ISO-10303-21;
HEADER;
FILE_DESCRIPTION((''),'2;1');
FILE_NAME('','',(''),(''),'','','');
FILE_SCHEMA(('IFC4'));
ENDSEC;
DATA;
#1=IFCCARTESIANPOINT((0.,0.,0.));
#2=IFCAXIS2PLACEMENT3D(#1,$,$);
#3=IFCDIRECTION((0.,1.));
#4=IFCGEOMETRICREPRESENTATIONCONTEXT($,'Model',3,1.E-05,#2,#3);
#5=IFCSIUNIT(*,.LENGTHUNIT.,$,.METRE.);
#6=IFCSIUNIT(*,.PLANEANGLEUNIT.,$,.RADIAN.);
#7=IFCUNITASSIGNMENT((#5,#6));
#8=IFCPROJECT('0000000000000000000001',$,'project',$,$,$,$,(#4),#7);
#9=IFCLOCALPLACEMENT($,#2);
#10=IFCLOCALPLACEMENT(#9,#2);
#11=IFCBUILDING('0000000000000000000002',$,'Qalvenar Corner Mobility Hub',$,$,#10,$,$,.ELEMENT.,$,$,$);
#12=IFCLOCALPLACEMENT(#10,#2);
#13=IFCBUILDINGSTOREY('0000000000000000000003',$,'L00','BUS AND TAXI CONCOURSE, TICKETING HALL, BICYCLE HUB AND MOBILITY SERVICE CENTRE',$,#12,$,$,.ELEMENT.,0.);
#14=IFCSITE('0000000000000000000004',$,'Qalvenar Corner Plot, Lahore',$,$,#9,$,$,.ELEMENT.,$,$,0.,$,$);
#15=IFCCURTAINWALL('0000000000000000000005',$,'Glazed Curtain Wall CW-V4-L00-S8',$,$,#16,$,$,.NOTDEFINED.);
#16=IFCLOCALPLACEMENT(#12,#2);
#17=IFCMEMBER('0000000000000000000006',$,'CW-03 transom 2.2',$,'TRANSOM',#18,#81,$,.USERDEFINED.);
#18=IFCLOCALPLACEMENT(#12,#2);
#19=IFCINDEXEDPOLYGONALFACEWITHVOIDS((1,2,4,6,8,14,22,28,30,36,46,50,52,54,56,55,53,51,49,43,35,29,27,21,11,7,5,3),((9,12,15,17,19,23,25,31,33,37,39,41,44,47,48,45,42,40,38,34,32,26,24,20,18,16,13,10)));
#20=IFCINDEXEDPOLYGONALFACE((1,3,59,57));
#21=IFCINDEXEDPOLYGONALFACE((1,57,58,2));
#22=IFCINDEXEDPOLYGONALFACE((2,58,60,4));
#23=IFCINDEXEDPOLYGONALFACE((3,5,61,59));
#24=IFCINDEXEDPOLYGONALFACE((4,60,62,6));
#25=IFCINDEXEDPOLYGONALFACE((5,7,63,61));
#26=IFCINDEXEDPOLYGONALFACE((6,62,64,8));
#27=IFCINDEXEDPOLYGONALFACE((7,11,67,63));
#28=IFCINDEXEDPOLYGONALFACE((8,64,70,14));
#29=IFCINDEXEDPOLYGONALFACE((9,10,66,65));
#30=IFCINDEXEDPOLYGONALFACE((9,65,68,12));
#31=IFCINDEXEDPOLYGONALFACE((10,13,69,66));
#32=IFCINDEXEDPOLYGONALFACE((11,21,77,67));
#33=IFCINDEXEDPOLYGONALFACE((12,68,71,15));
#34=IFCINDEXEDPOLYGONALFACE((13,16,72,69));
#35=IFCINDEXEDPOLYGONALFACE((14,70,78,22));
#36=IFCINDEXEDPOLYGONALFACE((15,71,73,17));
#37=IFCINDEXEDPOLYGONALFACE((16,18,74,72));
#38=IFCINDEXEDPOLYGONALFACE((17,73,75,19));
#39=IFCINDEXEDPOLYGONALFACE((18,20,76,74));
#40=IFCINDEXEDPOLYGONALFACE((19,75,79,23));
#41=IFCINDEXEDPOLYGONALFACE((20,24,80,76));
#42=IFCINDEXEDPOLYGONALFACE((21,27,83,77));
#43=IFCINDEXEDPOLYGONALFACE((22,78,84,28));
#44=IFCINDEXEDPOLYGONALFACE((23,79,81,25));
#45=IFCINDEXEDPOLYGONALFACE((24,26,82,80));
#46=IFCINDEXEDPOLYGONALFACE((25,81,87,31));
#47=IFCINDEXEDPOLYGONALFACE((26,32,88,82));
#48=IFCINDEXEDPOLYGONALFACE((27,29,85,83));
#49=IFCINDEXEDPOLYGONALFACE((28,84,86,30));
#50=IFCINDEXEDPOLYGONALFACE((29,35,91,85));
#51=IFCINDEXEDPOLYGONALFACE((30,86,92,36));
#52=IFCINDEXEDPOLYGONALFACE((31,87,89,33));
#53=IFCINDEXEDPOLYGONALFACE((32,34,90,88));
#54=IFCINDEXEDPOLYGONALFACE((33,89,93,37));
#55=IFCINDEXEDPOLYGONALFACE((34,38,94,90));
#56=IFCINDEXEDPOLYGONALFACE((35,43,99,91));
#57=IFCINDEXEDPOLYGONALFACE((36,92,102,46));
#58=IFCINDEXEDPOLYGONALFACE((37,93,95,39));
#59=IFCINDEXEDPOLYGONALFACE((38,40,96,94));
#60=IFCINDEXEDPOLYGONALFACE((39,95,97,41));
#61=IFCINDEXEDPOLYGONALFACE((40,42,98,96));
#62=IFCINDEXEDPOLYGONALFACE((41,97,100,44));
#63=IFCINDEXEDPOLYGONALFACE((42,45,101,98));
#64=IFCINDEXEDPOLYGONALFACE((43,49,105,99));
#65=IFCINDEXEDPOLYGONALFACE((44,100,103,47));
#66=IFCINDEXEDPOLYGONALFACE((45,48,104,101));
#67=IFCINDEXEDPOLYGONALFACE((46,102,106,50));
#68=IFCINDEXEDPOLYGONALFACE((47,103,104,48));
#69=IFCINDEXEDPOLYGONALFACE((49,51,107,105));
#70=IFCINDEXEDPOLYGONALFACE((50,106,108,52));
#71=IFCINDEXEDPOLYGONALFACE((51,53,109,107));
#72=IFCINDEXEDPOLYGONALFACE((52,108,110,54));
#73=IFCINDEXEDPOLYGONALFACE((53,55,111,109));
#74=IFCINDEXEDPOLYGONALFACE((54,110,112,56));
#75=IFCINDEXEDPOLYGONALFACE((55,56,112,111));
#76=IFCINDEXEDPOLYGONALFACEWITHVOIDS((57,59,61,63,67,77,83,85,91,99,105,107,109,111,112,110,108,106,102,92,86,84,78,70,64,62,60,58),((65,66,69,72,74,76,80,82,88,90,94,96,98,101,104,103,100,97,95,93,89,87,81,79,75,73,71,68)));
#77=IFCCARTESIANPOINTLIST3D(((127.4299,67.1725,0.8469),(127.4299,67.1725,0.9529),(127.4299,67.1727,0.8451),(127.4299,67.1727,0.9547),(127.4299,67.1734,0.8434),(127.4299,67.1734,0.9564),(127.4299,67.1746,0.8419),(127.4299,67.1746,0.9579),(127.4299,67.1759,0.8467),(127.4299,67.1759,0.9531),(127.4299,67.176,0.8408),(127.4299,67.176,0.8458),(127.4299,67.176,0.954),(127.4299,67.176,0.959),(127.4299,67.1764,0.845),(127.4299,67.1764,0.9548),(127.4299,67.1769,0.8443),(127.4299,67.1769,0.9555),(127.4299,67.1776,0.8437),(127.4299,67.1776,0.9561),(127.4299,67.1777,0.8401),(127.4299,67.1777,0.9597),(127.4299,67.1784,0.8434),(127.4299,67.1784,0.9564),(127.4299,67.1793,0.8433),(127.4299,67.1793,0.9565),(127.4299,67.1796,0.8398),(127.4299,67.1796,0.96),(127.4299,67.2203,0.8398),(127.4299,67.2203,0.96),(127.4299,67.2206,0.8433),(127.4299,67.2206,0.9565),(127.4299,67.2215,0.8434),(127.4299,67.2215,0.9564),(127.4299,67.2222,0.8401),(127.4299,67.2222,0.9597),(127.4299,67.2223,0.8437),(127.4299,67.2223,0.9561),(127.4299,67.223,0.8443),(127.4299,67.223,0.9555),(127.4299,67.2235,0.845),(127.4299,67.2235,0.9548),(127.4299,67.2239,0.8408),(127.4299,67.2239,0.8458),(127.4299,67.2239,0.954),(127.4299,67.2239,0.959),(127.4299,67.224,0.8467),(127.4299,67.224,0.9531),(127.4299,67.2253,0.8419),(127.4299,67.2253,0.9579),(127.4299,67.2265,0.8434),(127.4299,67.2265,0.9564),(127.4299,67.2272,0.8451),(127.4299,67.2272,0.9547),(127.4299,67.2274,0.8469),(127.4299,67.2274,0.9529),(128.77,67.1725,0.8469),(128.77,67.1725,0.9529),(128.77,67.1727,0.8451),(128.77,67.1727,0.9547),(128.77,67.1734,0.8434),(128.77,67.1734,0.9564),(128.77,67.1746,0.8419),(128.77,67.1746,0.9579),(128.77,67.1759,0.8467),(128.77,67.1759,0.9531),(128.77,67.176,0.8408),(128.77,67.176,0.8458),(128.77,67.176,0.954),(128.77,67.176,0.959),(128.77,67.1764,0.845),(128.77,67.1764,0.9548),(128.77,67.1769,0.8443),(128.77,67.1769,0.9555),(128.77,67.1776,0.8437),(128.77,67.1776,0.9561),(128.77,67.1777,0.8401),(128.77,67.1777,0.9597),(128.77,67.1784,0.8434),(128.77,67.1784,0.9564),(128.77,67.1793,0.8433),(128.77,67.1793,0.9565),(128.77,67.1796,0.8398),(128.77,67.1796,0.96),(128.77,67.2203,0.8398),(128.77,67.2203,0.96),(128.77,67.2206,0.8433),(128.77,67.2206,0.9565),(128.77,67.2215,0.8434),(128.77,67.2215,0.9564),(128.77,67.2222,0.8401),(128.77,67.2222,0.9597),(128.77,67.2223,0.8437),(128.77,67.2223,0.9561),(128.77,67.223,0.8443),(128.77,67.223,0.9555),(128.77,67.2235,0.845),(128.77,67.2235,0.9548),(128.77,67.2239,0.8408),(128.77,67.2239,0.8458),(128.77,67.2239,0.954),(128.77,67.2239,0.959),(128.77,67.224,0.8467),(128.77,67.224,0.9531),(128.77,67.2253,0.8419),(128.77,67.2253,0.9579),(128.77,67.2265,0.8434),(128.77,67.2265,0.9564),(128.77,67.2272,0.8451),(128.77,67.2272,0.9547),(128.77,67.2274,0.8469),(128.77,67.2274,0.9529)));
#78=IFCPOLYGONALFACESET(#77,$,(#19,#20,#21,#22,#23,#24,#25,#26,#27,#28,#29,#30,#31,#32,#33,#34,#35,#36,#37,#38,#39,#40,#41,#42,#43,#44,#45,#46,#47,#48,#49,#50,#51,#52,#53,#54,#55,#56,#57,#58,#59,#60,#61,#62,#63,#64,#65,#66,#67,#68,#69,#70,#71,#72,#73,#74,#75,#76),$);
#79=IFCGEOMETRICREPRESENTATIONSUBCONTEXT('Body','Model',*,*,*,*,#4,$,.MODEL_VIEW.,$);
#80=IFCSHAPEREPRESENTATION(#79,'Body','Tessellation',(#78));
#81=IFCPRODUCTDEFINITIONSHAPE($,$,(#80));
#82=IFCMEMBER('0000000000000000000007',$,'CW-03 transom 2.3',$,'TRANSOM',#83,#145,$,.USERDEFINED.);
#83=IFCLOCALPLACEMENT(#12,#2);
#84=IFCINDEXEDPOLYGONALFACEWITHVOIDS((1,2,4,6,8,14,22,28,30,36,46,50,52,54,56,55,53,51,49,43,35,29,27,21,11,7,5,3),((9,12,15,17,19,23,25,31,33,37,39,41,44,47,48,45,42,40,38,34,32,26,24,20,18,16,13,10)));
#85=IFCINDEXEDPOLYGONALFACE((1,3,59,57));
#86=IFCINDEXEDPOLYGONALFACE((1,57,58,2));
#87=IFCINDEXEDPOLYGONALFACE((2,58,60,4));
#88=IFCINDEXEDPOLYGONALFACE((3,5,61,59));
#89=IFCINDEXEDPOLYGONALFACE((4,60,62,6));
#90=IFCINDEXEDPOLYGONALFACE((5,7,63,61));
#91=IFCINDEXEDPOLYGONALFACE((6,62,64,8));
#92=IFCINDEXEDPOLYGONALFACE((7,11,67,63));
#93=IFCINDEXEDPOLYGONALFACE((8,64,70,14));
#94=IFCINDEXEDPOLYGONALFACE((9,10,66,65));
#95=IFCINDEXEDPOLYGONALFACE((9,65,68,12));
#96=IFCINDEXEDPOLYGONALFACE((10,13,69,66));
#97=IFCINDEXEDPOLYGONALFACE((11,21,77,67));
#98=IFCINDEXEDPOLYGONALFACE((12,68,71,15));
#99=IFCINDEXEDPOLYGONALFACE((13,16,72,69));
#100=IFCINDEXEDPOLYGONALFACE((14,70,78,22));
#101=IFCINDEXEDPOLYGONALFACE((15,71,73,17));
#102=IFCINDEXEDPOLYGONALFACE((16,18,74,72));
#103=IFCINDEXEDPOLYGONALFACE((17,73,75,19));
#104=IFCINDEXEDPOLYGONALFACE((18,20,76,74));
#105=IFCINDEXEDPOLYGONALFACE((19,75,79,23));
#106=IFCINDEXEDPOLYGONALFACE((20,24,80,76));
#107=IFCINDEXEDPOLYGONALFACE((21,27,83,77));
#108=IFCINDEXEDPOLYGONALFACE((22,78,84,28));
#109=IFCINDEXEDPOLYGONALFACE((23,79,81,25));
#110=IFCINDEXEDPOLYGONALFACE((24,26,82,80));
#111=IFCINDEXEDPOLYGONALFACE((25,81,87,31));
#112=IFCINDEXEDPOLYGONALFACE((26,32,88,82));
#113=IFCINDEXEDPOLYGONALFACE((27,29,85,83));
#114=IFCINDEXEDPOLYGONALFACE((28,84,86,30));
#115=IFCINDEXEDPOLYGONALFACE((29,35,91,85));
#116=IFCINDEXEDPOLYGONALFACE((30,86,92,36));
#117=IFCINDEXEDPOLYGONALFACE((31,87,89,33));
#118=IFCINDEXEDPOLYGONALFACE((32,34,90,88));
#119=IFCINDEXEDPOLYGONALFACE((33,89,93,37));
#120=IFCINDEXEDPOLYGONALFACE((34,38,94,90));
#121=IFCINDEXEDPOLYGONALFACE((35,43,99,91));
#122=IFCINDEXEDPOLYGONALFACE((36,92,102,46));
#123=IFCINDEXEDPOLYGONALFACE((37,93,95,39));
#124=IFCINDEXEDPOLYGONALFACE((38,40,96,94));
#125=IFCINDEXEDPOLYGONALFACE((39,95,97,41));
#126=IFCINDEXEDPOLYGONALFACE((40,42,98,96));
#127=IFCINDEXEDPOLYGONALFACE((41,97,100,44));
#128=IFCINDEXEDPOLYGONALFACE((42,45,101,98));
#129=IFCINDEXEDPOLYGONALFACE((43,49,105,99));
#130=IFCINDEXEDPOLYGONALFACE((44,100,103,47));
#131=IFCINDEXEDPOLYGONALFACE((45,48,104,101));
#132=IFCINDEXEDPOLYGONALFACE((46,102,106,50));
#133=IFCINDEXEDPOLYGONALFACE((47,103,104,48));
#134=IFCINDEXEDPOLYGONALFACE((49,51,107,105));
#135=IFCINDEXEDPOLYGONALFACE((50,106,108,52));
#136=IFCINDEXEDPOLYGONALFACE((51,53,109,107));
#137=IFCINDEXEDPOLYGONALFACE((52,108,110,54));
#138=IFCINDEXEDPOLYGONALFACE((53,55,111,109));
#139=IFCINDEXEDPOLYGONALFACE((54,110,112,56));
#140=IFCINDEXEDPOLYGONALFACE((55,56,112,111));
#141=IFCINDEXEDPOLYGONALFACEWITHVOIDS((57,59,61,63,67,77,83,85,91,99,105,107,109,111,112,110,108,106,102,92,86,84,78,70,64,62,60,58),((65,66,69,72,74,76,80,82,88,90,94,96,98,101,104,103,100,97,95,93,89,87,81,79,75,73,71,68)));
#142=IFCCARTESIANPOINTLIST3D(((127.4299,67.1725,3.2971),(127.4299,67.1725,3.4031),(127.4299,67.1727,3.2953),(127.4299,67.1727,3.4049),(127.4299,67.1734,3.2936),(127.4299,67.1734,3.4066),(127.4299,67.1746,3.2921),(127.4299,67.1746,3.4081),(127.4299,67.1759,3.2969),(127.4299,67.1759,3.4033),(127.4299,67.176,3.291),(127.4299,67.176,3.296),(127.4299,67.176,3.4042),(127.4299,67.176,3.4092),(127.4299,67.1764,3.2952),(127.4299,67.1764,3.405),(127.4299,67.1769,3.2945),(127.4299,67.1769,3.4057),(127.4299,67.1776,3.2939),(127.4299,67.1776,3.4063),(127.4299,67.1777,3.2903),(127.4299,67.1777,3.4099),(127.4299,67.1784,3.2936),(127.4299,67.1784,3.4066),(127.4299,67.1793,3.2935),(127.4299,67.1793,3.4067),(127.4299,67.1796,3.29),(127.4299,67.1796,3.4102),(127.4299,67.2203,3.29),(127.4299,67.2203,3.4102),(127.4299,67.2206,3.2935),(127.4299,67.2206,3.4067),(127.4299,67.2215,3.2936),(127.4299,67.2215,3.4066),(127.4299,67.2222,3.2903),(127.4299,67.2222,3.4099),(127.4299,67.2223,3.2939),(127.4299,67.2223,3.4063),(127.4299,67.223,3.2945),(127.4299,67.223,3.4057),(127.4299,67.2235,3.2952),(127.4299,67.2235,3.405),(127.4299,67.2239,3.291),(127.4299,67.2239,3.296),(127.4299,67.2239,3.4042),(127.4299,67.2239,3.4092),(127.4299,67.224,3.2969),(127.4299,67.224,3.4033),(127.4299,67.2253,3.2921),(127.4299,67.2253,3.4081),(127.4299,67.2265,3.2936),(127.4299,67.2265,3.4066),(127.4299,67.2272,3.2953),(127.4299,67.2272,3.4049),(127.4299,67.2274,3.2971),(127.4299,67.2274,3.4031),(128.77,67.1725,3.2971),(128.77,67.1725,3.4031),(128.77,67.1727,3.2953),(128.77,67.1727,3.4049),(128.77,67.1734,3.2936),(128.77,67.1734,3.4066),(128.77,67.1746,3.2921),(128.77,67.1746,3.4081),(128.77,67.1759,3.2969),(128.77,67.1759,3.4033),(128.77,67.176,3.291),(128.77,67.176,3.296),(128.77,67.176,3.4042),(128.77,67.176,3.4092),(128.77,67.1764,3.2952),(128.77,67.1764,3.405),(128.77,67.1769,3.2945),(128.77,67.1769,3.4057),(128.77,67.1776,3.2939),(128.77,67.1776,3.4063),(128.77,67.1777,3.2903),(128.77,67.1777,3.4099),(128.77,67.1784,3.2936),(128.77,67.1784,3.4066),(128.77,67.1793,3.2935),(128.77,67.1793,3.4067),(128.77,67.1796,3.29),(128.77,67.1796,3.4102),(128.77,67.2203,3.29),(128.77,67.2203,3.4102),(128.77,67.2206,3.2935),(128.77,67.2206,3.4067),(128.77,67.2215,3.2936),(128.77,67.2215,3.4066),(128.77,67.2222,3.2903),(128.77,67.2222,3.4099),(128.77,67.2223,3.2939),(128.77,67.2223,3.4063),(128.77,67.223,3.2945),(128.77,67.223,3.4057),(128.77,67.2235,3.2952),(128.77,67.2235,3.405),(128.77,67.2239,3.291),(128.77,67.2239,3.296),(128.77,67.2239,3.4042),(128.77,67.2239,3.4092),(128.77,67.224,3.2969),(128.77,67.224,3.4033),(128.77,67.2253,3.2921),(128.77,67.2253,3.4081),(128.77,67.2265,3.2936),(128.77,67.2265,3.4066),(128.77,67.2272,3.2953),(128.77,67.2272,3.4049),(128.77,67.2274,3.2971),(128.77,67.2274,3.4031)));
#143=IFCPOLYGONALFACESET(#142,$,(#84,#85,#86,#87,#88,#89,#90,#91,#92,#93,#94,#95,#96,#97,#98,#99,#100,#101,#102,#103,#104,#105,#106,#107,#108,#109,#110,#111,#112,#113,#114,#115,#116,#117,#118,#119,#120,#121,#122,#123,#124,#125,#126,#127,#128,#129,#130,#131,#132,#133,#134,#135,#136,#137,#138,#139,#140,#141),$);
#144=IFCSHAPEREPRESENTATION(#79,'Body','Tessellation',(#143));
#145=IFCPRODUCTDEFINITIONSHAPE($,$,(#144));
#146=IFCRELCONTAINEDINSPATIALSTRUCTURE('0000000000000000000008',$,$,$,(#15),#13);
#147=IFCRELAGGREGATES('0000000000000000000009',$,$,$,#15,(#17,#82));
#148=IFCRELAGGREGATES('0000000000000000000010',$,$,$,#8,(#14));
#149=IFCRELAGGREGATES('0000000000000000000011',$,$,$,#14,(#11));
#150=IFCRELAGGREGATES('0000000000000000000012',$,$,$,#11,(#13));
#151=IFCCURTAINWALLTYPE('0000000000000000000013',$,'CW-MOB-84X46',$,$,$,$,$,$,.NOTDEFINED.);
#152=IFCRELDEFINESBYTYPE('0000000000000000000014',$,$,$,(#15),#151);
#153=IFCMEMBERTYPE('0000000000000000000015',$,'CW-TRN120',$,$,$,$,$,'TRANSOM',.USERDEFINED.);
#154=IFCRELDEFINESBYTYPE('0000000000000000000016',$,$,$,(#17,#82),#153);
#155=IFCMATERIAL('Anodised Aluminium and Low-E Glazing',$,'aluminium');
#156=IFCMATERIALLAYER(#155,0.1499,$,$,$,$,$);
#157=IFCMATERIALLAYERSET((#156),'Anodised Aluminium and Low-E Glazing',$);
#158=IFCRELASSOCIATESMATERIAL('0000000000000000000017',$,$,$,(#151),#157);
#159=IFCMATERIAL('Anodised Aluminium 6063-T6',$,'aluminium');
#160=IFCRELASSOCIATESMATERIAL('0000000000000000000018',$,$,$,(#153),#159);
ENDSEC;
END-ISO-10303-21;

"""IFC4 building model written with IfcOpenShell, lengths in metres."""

from ifc_helpers import new_model, si_unit, direction, frame, origin, origin_2d, place, context, subcontext, project, spatial, hollow_rectangle, extrude, material, layer, layer_set, material_profile, profile_set, type_object, element, aggregate, save


model = new_model("IFC4")

# Units and contexts
model_context = context("Model", 3, precision=1e-05, world=origin(), true_north=direction((0.0, 1.0)))
body_context = subcontext(model_context, "Body", "Model", "MODEL_VIEW")
ifc_project = project(units=[si_unit("LENGTHUNIT", "METRE"), si_unit("PLANEANGLEUNIT", "RADIAN")], contexts=[model_context])

# Site, building, storey
site_placement = place(None, origin())
site = spatial("IfcSite", under=ifc_project, at=site_placement, Name="Qalvenar Corner Plot, Lahore", CompositionType="ELEMENT", RefElevation=0.0)
building_placement = place(site_placement, origin())
building = spatial("IfcBuilding", under=site, at=building_placement, Name="Qalvenar Corner Mobility Hub", CompositionType="ELEMENT")
storey_placement = place(building_placement, origin())
storey = spatial("IfcBuildingStorey", under=building, at=storey_placement, Name="L00", Description="BUS AND TAXI CONCOURSE, TICKETING HALL, BICYCLE HUB AND MOBILITY SERVICE CENTRE", CompositionType="ELEMENT", Elevation=0.0)

# Curtain wall, members
ifc_material_1 = material(Name="Anodised Aluminium and Low-E Glazing", Category="aluminium")
ifc_layer_1 = layer(ifc_material_1, 0.1499)
ifc_layer_set_1 = layer_set([ifc_layer_1], Name="Anodised Aluminium and Low-E Glazing")
curtain_wall_type = type_object("IfcCurtainWallType", Name="CW-MOB-84X46", PredefinedType="NOTDEFINED", material=ifc_layer_set_1)
curtain_wall_placement = place(storey_placement, origin())
curtain_wall = element("IfcCurtainWall", 1, at=curtain_wall_placement, inside=storey, type_object=curtain_wall_type, Name="Glazed Curtain Wall CW-V4-L00-S8", PredefinedType="NOTDEFINED")
ifc_material_2 = material(Name="Anodised Aluminium 6063-T6", Category="aluminium")
ifc_material_profile_1 = material_profile(ifc_material_2, hollow_rectangle(XDim=0.0549, YDim=0.1201, WallThickness=0.0034, InnerFilletRadius=0.0034, OuterFilletRadius=0.0071, at=origin_2d()), Name="RHS120x55x3.5")
ifc_profile_set_1 = profile_set([ifc_material_profile_1], Name="Anodised Aluminium 6063-T6")
member_type_1 = type_object("IfcMemberType", Name="CW-TRN120", ElementType="TRANSOM", PredefinedType="USERDEFINED", material=ifc_profile_set_1)
member_1_placement = place(storey_placement, frame((127.4299, 67.2, 0.8999), z_axis=(1.0, 0.0, 0.0), x_axis=(0.0, 1.0, 0.0)))
member_1 = element("IfcMember", 2, at=member_1_placement, type_object=member_type_1, Name="CW-03 transom 2.2", ObjectType="TRANSOM", PredefinedType="USERDEFINED", context=body_context, shape_type="SweptSolid", body=[
    extrude(hollow_rectangle(XDim=0.0549, YDim=0.1201, WallThickness=0.0034, InnerFilletRadius=0.0034, OuterFilletRadius=0.0071, at=origin_2d()), origin(), (0.0, 0.0, 1.0), 1.3401),
])
member_2_placement = place(storey_placement, frame((127.4299, 67.2, 3.3501), z_axis=(1.0, 0.0, 0.0), x_axis=(0.0, 1.0, 0.0)))
member_2 = element("IfcMember", 3, at=member_2_placement, type_object=member_type_1, Name="CW-03 transom 2.3", ObjectType="TRANSOM", PredefinedType="USERDEFINED", context=body_context, shape_type="SweptSolid", body=[
    extrude(hollow_rectangle(XDim=0.0549, YDim=0.1201, WallThickness=0.0034, InnerFilletRadius=0.0034, OuterFilletRadius=0.0071, at=origin_2d()), origin(), (0.0, 0.0, 1.0), 1.3401),
])
aggregate(curtain_wall, [member_1, member_2])

save(model, "model.ifc")
